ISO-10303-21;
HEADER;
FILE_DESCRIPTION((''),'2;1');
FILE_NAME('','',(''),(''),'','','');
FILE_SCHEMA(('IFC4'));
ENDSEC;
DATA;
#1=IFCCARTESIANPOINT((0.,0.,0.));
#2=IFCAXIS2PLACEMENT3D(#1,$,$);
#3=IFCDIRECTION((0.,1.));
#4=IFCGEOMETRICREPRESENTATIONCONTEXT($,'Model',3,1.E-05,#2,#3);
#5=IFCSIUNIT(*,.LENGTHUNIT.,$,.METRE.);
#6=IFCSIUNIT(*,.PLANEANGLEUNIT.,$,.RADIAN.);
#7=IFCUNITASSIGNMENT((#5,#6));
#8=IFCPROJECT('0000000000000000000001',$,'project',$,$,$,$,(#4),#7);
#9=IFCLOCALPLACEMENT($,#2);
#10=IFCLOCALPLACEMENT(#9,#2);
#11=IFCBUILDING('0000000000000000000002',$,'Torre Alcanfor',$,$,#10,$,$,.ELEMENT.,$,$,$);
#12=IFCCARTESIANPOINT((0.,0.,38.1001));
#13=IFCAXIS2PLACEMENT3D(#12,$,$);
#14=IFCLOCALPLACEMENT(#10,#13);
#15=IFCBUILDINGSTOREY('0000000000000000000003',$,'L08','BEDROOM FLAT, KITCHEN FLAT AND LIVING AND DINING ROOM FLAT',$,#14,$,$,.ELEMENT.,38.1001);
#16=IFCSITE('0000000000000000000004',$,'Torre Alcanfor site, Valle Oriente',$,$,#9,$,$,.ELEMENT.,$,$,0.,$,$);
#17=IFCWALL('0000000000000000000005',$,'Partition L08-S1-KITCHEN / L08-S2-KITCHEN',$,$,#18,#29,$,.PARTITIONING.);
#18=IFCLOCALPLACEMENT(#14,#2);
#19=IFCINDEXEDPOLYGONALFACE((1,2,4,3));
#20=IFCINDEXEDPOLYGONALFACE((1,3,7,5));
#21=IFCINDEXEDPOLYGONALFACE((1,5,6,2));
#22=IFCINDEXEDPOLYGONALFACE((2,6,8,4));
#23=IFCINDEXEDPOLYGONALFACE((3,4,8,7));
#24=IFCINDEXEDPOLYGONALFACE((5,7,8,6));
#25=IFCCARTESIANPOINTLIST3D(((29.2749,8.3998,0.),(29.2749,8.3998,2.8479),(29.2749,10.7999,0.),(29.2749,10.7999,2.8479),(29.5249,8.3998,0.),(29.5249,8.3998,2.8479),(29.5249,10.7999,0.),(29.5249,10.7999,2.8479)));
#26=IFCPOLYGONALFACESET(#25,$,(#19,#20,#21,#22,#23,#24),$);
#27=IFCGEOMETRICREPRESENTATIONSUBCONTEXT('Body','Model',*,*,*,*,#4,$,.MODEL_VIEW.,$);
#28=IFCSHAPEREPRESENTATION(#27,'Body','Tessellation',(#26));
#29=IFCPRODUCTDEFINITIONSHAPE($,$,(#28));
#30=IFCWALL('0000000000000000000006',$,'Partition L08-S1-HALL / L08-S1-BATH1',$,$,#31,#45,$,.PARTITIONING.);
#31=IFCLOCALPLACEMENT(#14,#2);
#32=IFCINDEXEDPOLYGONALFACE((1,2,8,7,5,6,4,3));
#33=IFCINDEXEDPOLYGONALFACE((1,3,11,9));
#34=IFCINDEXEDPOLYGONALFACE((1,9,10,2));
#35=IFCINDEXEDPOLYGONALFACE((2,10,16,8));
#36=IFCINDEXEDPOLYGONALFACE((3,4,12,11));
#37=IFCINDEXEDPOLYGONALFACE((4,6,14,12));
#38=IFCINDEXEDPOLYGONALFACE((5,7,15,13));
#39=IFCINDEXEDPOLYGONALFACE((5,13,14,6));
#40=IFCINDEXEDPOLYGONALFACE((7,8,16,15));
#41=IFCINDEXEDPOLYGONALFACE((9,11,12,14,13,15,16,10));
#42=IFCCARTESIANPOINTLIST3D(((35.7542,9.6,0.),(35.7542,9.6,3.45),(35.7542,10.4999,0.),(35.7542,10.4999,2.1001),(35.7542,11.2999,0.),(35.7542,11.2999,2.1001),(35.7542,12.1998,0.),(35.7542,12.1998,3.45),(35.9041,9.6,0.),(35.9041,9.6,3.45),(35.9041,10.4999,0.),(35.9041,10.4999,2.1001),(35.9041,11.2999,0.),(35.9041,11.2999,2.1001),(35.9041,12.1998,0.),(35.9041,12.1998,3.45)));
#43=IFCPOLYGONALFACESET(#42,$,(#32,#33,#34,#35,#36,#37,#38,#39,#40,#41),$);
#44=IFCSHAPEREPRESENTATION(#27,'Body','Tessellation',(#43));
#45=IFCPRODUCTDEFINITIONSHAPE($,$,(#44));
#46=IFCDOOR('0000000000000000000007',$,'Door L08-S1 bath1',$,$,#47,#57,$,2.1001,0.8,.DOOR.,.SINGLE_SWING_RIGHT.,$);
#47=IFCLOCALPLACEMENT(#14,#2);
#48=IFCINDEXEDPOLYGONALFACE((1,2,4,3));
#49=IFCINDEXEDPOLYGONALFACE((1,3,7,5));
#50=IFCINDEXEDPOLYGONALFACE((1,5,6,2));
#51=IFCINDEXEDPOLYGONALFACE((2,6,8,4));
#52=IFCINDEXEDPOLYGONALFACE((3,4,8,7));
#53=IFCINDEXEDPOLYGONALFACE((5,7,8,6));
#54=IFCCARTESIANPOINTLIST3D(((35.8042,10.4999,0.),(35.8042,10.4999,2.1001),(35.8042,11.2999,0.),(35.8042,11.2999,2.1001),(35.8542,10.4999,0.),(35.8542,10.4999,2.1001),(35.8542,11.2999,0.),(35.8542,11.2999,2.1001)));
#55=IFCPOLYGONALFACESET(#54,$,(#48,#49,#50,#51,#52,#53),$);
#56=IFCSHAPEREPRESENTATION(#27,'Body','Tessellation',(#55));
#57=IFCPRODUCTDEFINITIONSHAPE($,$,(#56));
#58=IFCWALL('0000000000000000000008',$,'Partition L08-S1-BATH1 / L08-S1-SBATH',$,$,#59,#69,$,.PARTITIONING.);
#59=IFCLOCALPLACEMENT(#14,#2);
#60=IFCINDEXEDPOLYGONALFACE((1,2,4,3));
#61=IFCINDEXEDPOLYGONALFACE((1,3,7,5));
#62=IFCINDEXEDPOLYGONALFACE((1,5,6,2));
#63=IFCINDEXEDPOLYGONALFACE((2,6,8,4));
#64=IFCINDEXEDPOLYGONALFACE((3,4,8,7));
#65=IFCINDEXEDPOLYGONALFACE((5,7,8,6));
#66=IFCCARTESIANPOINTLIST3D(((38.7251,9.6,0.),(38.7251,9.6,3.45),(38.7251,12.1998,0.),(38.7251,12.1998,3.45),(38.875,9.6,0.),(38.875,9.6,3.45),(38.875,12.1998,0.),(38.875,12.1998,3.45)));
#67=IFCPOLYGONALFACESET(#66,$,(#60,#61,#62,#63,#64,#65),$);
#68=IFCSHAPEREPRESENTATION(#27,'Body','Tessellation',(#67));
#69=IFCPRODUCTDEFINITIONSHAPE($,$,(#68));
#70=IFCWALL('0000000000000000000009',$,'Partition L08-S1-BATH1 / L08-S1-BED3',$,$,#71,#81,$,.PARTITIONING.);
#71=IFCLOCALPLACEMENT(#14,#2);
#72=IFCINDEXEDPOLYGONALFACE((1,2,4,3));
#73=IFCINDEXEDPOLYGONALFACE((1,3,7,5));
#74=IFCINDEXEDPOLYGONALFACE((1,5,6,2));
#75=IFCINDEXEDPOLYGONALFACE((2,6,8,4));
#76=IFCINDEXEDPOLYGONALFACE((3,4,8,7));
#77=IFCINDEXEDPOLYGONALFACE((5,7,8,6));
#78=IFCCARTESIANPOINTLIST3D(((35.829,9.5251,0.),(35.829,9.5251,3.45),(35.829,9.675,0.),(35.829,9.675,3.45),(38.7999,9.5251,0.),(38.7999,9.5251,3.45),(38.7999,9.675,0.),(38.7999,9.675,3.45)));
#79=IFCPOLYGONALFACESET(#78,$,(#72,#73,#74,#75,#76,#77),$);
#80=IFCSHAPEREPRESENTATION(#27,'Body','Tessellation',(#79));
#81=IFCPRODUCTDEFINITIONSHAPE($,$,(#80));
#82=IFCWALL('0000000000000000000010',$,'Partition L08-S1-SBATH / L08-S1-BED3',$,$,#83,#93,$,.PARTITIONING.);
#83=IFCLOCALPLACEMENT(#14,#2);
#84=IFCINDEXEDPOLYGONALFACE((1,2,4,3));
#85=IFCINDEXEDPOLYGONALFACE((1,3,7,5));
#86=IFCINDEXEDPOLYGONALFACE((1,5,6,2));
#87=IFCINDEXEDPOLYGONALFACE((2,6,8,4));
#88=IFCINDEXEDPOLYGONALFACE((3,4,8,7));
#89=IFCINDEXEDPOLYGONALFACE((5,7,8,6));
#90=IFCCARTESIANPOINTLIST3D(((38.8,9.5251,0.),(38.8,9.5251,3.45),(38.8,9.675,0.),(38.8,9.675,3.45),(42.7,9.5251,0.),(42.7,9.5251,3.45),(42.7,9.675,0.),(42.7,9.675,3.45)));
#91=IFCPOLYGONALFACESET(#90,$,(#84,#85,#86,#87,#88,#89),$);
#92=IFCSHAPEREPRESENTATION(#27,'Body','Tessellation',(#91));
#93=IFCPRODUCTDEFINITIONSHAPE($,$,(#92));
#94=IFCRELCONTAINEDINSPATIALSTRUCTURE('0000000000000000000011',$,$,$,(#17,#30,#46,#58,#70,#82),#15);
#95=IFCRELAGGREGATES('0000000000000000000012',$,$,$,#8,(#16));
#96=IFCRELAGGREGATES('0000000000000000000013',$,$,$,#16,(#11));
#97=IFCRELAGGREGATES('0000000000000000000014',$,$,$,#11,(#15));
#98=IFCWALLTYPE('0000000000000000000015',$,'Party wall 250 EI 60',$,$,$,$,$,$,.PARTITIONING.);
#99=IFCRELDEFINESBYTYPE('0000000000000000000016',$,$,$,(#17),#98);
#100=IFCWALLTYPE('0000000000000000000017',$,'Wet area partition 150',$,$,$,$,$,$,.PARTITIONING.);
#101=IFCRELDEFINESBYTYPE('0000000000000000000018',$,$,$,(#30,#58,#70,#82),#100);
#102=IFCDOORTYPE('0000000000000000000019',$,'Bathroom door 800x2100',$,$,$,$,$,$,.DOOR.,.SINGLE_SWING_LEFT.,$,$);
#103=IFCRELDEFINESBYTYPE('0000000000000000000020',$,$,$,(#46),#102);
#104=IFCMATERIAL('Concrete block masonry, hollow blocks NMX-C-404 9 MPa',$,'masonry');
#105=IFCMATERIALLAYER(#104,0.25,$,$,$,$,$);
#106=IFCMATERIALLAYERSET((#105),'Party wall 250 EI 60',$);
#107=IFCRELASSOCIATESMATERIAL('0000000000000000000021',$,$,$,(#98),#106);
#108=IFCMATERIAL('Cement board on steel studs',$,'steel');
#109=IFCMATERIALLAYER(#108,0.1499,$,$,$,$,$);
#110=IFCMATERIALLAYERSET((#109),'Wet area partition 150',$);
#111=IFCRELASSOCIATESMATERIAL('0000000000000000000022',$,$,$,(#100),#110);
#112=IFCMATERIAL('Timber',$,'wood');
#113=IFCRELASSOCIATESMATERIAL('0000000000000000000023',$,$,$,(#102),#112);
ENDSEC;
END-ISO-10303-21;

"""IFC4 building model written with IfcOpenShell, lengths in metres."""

from ifc_helpers import new_model, si_unit, direction, frame, frame_2d, origin, place, context, subcontext, project, spatial, rectangle, extrude, material, layer, layer_set, type_object, element, fill, save


model = new_model("IFC4")

# Units and contexts
model_context = context("Model", 3, precision=1e-05, world=origin(), true_north=direction((0.0, 1.0)))
body_context = subcontext(model_context, "Body", "Model", "MODEL_VIEW")
ifc_project = project(units=[si_unit("LENGTHUNIT", "METRE"), si_unit("PLANEANGLEUNIT", "RADIAN")], contexts=[model_context])

# Site, building, storey
site_placement = place(None, origin())
site = spatial("IfcSite", under=ifc_project, at=site_placement, Name="Torre Alcanfor site, Valle Oriente", CompositionType="ELEMENT", RefElevation=0.0)
building_placement = place(site_placement, origin())
building = spatial("IfcBuilding", under=site, at=building_placement, Name="Torre Alcanfor", CompositionType="ELEMENT")
storey_placement = place(building_placement, frame((0.0, 0.0, 38.1001)))
storey = spatial("IfcBuildingStorey", under=building, at=storey_placement, Name="L08", Description="BEDROOM FLAT, KITCHEN FLAT AND LIVING AND DINING ROOM FLAT", CompositionType="ELEMENT", Elevation=38.1001)

# Wall
ifc_material_1 = material(Name="Concrete block masonry, hollow blocks NMX-C-404 9 MPa", Category="masonry")
ifc_layer_1 = layer(ifc_material_1, 0.25)
ifc_layer_set_1 = layer_set([ifc_layer_1], Name="Party wall 250 EI 60")
wall_type_1 = type_object("IfcWallType", Name="Party wall 250 EI 60", PredefinedType="PARTITIONING", material=ifc_layer_set_1)
wall_1_placement = place(storey_placement, frame((29.3999, 10.8, 0.0), z_axis=(0.0, 0.0, 1.0), x_axis=(0.0, -1.0, 0.0)))
element("IfcWall", 1, at=wall_1_placement, inside=storey, type_object=wall_type_1, Name="Partition L08-S1-KITCHEN / L08-S2-KITCHEN", PredefinedType="PARTITIONING", context=body_context, shape_type="SweptSolid", body=[
    extrude(rectangle(XDim=2.4001, YDim=0.25, at=frame_2d((1.2002, 0.0))), origin(), (0.0, 0.0, 1.0), 2.8479),
])

# Wall, opening, door
ifc_material_2 = material(Name="Cement board on steel studs", Category="steel")
ifc_layer_2 = layer(ifc_material_2, 0.1499)
ifc_layer_set_2 = layer_set([ifc_layer_2], Name="Wet area partition 150")
wall_type_2 = type_object("IfcWallType", Name="Wet area partition 150", PredefinedType="PARTITIONING", material=ifc_layer_set_2)
wall_2_placement = place(storey_placement, frame((35.8291, 9.6001, 0.0), z_axis=(0.0, 0.0, 1.0), x_axis=(0.0, 1.0, 0.0)))
wall_2 = element("IfcWall", 2, at=wall_2_placement, inside=storey, type_object=wall_type_2, Name="Partition L08-S1-HALL / L08-S1-BATH1", PredefinedType="PARTITIONING", context=body_context, shape_type="SweptSolid", body=[
    extrude(rectangle(XDim=2.5999, YDim=0.1499, at=frame_2d((1.2998, 0.0))), origin(), (0.0, 0.0, 1.0), 3.45),
])
opening_1_placement = place(wall_2_placement, frame((0.8999, 0.0, 0.0)))
opening_1 = element("IfcOpeningElement", 3, at=opening_1_placement, cuts=wall_2, PredefinedType="OPENING", context=body_context, shape_type="SweptSolid", body=[
    extrude(rectangle(XDim=0.8, YDim=2.1001, at=frame_2d((0.3999, 1.05))), frame((0.0, 0.085, 0.0), z_axis=(0.0, -1.0, 0.0), x_axis=(1.0, 0.0, 0.0)), (0.0, 0.0, 1.0), 0.1699),
])
ifc_material_3 = material(Name="Timber", Category="wood")
door_type_1 = type_object("IfcDoorType", Name="Bathroom door 800x2100", OperationType="SINGLE_SWING_LEFT", PredefinedType="DOOR", material=ifc_material_3)
door_1_placement = place(opening_1_placement, frame((0.8, 0.0, 0.0), z_axis=(0.0, 0.0, 1.0), x_axis=(-1.0, 0.0, 0.0)))
door_1 = element("IfcDoor", 4, at=door_1_placement, inside=storey, type_object=door_type_1, Name="Door L08-S1 bath1", OperationType="SINGLE_SWING_RIGHT", OverallHeight=2.1001, OverallWidth=0.8, PredefinedType="DOOR", context=body_context, shape_type="SweptSolid", body=[
    extrude(rectangle(XDim=0.8, YDim=2.1001, at=frame_2d((0.4001, 1.05))), frame((0.0, 0.0251, 0.0), z_axis=(0.0, -1.0, 0.0), x_axis=(1.0, 0.0, 0.0)), (0.0, 0.0, 1.0), 0.05),
])
fill(opening_1, door_1)

# Walls
wall_3_placement = place(storey_placement, frame((38.8, 9.6001, 0.0), z_axis=(0.0, 0.0, 1.0), x_axis=(0.0, 1.0, 0.0)))
element("IfcWall", 5, at=wall_3_placement, inside=storey, type_object=wall_type_2, Name="Partition L08-S1-BATH1 / L08-S1-SBATH", PredefinedType="PARTITIONING", context=body_context, shape_type="SweptSolid", body=[
    extrude(rectangle(XDim=2.5999, YDim=0.1499, at=frame_2d((1.2998, 0.0))), origin(), (0.0, 0.0, 1.0), 3.45),
])
wall_4_placement = place(storey_placement, frame((35.8291, 9.6001, 0.0), z_axis=(0.0, 0.0, 1.0), x_axis=(1.0, 0.0, 0.0)))
element("IfcWall", 6, at=wall_4_placement, inside=storey, type_object=wall_type_2, Name="Partition L08-S1-BATH1 / L08-S1-BED3", PredefinedType="PARTITIONING", context=body_context, shape_type="SweptSolid", body=[
    extrude(rectangle(XDim=2.9709, YDim=0.1499, at=frame_2d((1.4854, 0.0))), origin(), (0.0, 0.0, 1.0), 3.45),
])
wall_5_placement = place(storey_placement, frame((38.8, 9.6001, 0.0), z_axis=(0.0, 0.0, 1.0), x_axis=(1.0, 0.0, 0.0)))
element("IfcWall", 7, at=wall_5_placement, inside=storey, type_object=wall_type_2, Name="Partition L08-S1-SBATH / L08-S1-BED3", PredefinedType="PARTITIONING", context=body_context, shape_type="SweptSolid", body=[
    extrude(rectangle(XDim=3.8999, YDim=0.1499, at=frame_2d((1.95, 0.0))), origin(), (0.0, 0.0, 1.0), 3.45),
])

save(model, "model.ifc")
